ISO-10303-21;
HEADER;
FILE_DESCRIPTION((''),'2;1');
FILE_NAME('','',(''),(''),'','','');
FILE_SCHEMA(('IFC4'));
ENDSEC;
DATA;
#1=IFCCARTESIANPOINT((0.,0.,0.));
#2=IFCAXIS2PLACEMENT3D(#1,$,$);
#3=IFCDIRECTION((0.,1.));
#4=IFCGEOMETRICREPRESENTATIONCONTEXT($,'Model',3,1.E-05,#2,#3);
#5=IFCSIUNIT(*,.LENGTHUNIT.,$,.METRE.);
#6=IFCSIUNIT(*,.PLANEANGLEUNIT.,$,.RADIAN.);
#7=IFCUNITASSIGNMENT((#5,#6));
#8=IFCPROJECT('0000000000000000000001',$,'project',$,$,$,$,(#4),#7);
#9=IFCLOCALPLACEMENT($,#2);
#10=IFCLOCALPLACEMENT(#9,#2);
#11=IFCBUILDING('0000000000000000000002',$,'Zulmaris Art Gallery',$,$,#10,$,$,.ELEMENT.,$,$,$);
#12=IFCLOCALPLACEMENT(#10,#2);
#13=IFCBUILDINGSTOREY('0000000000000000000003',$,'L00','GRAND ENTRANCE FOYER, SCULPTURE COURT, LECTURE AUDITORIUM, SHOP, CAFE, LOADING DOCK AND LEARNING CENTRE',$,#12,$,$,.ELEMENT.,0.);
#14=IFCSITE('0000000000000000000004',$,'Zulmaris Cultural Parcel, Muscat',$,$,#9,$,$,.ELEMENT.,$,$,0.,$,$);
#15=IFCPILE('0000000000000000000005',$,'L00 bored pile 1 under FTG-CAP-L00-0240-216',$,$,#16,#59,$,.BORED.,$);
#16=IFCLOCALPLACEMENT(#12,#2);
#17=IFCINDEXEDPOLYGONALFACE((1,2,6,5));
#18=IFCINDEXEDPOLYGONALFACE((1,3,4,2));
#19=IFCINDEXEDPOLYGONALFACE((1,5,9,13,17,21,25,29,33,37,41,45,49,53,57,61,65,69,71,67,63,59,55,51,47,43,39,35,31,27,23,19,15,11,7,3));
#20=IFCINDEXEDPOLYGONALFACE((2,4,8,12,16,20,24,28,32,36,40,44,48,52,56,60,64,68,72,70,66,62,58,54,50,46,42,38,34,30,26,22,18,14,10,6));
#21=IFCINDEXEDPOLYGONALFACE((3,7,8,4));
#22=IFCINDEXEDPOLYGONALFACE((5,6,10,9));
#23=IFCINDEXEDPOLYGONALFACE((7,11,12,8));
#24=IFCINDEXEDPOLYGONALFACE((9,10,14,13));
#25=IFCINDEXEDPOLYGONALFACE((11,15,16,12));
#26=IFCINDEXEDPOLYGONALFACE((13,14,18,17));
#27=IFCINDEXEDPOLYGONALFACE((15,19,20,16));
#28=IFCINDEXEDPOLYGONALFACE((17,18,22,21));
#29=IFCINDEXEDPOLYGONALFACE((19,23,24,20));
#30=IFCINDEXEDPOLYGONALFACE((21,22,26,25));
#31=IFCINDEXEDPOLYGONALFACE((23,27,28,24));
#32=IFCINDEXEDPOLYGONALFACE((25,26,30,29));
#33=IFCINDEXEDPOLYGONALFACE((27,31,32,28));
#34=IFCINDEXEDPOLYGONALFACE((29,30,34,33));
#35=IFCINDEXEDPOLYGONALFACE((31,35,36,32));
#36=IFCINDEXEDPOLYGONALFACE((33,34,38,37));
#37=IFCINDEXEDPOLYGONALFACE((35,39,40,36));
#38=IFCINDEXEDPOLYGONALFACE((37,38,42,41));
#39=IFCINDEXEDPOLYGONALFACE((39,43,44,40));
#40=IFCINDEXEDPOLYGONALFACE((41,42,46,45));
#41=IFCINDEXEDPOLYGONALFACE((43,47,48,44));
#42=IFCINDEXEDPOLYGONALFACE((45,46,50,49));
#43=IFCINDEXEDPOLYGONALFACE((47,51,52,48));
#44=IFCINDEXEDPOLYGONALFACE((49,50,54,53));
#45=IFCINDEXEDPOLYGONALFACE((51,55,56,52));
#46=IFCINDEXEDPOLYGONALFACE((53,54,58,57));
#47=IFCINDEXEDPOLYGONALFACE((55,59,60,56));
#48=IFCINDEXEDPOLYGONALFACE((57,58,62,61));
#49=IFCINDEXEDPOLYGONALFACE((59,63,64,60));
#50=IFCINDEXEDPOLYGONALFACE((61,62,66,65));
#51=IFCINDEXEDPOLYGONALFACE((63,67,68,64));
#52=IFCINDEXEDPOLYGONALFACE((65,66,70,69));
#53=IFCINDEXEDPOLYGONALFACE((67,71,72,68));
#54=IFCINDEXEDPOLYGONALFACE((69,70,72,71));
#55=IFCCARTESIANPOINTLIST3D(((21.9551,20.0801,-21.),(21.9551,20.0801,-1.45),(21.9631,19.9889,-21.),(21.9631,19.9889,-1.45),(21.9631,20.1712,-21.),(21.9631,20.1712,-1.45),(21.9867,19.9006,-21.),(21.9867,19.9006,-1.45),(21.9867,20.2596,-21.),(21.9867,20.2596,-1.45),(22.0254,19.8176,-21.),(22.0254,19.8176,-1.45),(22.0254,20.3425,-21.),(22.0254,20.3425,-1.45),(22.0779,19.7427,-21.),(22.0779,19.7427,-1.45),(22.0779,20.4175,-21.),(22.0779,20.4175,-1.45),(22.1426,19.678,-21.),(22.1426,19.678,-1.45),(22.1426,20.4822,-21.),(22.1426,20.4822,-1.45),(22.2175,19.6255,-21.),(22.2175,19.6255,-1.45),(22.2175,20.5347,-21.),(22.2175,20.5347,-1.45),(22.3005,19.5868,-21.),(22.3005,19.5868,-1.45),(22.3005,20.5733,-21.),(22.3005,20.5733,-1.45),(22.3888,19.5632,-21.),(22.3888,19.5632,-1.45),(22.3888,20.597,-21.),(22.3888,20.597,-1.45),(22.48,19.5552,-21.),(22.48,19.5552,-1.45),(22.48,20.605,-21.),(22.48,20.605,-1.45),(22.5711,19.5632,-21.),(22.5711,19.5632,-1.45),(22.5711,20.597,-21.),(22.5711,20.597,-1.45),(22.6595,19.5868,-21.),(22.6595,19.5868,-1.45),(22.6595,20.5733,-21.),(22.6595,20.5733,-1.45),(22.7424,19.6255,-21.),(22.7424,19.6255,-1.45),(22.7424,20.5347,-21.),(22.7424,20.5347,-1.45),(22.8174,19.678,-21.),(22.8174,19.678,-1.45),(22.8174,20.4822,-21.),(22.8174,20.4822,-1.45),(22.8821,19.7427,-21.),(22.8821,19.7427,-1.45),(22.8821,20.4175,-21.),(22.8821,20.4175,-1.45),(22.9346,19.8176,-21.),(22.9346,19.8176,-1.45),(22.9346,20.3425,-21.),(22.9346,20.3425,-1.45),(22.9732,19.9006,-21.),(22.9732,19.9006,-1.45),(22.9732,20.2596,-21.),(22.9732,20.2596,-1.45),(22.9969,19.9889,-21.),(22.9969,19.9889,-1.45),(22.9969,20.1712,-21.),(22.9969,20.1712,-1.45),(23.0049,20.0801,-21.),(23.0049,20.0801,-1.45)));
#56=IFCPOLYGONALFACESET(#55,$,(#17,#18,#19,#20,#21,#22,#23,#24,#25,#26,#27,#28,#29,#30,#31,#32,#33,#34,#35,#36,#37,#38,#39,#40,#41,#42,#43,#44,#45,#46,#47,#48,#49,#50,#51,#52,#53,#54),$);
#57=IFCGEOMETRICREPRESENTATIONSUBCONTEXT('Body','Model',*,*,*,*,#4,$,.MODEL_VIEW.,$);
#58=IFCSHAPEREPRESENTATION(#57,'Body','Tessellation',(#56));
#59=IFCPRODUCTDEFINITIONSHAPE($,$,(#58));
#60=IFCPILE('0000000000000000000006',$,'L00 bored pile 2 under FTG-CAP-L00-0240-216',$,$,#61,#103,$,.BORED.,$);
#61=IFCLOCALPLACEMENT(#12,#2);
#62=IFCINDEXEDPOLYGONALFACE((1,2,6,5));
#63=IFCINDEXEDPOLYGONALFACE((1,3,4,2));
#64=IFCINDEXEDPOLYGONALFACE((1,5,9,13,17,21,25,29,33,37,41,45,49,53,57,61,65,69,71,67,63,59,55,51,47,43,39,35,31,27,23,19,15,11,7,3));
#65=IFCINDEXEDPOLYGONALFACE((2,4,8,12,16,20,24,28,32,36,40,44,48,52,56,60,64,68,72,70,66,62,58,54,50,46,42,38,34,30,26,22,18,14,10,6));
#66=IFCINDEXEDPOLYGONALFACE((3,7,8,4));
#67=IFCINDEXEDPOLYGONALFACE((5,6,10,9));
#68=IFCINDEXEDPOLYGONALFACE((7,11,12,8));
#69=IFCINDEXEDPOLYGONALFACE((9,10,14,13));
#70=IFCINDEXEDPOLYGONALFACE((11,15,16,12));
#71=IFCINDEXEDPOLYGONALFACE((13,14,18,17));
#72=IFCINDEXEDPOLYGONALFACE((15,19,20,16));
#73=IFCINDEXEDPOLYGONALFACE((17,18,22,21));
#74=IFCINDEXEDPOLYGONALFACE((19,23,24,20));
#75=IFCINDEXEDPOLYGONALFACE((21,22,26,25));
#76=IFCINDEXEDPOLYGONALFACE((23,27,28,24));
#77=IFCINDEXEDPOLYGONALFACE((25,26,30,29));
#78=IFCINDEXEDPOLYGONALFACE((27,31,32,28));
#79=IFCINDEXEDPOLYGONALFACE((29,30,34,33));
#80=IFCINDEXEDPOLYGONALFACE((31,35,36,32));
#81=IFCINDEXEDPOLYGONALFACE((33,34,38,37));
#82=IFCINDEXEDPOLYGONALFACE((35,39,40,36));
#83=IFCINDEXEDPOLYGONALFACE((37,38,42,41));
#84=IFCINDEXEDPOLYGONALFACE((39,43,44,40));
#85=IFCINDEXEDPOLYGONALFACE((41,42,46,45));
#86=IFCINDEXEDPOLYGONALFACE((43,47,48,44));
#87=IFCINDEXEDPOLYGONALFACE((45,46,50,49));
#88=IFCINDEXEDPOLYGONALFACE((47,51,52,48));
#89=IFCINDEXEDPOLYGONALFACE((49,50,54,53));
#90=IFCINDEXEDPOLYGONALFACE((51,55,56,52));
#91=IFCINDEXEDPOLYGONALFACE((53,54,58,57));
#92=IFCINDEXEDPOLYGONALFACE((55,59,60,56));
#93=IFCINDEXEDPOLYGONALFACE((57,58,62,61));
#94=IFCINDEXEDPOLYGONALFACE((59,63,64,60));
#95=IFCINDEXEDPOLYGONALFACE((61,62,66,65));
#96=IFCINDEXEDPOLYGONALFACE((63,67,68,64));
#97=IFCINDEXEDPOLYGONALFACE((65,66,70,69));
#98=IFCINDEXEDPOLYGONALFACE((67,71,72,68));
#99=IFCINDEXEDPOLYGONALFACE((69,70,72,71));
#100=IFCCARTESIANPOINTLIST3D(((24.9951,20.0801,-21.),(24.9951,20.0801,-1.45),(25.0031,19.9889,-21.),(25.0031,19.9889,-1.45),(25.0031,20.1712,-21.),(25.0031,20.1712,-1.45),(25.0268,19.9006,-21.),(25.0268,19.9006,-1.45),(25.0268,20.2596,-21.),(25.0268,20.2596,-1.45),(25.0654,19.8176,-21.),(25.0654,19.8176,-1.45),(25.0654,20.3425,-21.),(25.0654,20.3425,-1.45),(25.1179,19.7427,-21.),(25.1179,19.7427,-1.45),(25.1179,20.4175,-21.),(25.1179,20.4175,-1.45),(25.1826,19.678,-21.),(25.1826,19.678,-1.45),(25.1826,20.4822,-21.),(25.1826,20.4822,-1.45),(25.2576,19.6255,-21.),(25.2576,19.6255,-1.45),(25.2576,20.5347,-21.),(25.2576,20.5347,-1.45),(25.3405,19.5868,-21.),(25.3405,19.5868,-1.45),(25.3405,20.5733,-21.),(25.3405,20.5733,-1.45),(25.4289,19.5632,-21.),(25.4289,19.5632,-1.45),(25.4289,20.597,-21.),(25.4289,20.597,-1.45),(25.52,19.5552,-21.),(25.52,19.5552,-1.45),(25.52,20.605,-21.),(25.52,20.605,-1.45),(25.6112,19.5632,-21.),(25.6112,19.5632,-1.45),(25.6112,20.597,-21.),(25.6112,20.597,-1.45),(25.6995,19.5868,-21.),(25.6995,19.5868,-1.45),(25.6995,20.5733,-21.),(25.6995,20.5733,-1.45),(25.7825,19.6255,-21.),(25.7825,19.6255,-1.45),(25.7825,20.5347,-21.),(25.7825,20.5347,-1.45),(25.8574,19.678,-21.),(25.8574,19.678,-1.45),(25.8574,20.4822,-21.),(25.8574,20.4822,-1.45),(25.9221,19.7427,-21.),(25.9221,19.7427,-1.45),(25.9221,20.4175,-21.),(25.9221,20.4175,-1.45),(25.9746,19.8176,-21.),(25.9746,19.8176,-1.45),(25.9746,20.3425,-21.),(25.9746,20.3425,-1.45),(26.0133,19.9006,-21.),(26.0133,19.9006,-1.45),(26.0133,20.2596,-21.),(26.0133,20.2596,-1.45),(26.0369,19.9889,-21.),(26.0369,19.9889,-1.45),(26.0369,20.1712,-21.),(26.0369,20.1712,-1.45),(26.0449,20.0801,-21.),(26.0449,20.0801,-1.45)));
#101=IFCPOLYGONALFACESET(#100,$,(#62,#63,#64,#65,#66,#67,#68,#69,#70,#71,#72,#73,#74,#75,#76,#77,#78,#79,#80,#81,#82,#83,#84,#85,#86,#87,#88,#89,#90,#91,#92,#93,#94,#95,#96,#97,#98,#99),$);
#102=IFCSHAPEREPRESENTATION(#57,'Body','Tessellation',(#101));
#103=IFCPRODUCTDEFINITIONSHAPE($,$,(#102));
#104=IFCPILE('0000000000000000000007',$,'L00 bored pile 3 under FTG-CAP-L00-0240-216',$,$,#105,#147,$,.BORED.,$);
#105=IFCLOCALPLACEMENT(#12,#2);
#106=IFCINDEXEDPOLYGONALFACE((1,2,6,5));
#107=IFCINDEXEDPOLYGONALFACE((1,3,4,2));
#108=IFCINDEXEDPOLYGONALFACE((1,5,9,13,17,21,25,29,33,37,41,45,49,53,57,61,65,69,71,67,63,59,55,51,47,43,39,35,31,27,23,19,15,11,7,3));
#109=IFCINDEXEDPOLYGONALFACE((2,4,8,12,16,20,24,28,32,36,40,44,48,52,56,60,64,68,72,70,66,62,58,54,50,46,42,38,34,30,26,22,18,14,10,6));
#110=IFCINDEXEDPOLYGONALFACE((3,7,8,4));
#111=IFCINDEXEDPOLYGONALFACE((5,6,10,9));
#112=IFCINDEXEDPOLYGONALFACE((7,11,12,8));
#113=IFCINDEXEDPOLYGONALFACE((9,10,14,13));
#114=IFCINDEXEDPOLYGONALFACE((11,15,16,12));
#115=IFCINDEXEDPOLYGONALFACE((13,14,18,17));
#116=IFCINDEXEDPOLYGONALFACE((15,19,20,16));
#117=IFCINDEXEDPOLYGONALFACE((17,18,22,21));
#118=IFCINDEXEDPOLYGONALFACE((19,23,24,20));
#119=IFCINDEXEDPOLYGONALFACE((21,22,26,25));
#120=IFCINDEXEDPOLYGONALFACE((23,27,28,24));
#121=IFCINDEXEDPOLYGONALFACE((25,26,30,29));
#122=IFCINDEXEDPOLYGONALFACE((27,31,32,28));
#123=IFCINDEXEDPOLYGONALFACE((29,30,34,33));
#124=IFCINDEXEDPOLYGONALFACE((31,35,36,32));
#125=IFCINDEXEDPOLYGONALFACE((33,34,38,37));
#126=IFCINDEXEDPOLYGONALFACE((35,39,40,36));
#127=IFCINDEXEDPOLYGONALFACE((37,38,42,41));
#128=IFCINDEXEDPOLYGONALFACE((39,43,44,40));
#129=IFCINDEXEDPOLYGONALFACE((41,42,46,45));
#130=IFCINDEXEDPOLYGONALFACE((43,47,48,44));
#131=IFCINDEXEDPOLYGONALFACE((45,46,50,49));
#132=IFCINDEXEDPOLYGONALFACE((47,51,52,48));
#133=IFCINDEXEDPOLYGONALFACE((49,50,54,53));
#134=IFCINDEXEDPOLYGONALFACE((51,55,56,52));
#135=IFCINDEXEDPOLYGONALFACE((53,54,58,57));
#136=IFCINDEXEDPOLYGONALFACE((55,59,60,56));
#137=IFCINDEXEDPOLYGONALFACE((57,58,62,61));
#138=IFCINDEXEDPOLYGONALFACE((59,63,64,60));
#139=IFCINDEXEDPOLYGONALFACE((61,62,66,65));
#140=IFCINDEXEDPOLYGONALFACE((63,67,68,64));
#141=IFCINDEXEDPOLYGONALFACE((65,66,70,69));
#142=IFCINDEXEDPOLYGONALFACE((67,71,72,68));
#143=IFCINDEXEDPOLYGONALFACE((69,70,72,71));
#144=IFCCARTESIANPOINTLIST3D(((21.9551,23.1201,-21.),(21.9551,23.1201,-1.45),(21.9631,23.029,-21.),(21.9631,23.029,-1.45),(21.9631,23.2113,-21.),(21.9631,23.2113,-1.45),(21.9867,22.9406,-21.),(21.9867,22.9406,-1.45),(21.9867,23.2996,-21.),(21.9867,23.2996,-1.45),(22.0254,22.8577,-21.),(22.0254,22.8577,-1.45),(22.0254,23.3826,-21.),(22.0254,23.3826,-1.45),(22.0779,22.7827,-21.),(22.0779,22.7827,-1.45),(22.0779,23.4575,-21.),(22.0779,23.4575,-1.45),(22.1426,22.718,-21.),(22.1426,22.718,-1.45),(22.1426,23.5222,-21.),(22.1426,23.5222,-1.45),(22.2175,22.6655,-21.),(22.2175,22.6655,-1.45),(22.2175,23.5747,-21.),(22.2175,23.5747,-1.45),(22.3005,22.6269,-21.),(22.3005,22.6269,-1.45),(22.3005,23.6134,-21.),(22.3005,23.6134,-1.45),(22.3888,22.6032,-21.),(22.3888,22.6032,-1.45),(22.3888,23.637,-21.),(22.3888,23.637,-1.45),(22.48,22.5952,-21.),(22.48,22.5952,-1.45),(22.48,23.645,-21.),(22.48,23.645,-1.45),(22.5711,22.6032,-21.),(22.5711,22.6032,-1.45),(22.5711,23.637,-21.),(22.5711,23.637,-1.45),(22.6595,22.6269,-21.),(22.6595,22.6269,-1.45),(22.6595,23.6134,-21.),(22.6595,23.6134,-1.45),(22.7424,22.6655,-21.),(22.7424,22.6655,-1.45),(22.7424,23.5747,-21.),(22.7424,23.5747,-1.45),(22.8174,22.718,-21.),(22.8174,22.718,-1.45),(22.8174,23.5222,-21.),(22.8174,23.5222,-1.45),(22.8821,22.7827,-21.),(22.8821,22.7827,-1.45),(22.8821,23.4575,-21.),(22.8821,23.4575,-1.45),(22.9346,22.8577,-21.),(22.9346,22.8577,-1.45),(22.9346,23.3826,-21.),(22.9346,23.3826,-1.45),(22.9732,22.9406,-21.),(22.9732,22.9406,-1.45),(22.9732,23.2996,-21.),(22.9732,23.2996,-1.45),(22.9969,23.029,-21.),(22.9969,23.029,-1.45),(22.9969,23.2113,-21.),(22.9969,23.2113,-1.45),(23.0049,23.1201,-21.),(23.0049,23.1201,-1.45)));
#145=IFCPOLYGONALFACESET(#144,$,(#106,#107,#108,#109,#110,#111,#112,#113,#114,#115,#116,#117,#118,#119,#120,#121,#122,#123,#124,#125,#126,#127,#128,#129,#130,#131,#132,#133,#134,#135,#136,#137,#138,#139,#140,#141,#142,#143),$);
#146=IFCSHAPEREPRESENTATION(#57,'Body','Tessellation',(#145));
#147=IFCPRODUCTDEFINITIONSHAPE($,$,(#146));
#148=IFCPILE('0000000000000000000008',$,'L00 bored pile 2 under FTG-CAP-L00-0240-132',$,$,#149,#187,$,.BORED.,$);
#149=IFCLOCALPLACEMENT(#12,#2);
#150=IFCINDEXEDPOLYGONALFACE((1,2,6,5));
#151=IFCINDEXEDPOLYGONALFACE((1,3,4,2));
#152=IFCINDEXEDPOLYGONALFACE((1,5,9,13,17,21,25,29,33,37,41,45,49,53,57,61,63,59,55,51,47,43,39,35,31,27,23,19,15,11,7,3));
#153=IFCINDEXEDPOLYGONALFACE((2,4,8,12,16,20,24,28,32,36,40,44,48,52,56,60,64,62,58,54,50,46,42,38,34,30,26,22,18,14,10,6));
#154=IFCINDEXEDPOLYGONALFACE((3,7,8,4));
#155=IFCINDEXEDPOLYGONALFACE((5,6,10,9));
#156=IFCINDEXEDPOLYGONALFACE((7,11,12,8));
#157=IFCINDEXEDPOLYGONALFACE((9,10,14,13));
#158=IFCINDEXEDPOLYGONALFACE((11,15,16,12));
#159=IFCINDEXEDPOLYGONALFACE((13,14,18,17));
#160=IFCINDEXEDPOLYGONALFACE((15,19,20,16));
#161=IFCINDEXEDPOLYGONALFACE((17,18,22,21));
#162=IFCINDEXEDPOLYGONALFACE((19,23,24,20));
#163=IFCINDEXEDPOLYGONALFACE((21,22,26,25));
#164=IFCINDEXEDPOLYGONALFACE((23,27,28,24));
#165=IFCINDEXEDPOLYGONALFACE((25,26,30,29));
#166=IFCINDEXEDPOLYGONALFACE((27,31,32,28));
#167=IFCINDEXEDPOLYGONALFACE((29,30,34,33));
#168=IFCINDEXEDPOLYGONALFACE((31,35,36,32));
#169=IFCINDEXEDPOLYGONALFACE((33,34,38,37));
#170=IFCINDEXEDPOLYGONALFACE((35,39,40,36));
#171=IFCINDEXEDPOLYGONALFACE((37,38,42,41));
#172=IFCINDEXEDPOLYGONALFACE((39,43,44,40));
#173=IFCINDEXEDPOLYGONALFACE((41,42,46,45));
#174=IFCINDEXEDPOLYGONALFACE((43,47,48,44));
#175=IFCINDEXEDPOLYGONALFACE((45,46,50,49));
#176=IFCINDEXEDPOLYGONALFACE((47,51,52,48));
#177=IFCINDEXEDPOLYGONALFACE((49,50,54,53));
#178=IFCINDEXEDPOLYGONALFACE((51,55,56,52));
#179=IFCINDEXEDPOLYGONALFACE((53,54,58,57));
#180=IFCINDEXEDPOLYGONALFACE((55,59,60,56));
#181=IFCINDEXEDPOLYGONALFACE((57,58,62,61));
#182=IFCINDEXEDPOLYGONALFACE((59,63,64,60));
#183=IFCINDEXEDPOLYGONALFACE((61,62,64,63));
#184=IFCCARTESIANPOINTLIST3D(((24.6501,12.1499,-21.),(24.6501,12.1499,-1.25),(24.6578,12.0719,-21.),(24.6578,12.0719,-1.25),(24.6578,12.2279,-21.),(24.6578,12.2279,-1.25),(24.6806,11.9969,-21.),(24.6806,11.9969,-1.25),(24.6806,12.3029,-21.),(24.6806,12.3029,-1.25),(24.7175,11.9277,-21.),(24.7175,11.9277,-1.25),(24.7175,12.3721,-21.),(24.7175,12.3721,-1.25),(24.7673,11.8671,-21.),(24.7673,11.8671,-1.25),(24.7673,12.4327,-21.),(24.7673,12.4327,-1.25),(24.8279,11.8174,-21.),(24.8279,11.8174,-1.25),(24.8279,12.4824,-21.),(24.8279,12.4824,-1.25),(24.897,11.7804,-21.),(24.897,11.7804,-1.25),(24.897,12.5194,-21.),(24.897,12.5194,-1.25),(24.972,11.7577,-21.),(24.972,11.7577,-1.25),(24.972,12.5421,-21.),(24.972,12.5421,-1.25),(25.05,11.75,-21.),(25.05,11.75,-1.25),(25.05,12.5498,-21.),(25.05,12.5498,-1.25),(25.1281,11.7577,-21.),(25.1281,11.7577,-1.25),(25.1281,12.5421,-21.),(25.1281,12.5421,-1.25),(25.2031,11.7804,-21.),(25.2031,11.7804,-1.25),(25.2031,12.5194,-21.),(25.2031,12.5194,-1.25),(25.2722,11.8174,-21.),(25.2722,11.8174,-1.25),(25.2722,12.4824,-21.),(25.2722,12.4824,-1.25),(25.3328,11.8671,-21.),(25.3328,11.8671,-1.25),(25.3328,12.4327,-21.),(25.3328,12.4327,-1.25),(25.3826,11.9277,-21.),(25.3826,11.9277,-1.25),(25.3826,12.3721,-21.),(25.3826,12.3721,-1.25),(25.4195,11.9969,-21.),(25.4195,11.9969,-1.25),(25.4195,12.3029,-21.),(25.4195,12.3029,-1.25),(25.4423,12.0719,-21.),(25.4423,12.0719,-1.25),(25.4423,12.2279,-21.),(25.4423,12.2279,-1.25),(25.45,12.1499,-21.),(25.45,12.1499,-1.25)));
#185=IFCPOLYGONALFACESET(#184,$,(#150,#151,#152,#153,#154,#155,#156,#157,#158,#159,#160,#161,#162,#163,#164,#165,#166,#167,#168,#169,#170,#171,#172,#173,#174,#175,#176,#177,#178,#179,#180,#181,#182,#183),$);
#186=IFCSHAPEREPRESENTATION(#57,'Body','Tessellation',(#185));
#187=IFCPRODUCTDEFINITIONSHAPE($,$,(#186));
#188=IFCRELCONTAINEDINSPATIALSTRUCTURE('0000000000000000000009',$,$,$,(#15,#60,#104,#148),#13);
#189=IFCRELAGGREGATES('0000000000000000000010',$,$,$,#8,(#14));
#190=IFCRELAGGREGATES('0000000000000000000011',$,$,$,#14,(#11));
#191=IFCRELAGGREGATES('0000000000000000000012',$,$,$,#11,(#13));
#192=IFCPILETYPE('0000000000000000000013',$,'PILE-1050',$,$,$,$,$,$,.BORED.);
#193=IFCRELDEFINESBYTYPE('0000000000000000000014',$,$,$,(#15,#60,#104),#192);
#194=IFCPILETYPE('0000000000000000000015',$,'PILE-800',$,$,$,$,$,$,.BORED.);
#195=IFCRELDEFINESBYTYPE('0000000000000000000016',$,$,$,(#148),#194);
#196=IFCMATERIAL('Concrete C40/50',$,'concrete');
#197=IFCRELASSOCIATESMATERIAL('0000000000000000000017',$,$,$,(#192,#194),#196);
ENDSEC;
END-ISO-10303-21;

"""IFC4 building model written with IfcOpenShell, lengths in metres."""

from ifc_helpers import new_model, si_unit, direction, frame, origin, origin_2d, place, context, subcontext, project, spatial, circle, extrude, material, material_profile, profile_set, type_object, element, save


model = new_model("IFC4")

# Units and contexts
model_context = context("Model", 3, precision=1e-05, world=origin(), true_north=direction((0.0, 1.0)))
body_context = subcontext(model_context, "Body", "Model", "MODEL_VIEW")
ifc_project = project(units=[si_unit("LENGTHUNIT", "METRE"), si_unit("PLANEANGLEUNIT", "RADIAN")], contexts=[model_context])

# Site, building, storey
site_placement = place(None, origin())
site = spatial("IfcSite", under=ifc_project, at=site_placement, Name="Zulmaris Cultural Parcel, Muscat", CompositionType="ELEMENT", RefElevation=0.0)
building_placement = place(site_placement, origin())
building = spatial("IfcBuilding", under=site, at=building_placement, Name="Zulmaris Art Gallery", CompositionType="ELEMENT")
storey_placement = place(building_placement, origin())
storey = spatial("IfcBuildingStorey", under=building, at=storey_placement, Name="L00", Description="GRAND ENTRANCE FOYER, SCULPTURE COURT, LECTURE AUDITORIUM, SHOP, CAFE, LOADING DOCK AND LEARNING CENTRE", CompositionType="ELEMENT", Elevation=0.0)

# Piles
ifc_material_1 = material(Name="Concrete C40/50", Category="concrete")
ifc_material_profile_1 = material_profile(ifc_material_1, circle(Radius=0.5249, at=origin_2d()), Name="PILE DIA 1050")
ifc_profile_set_1 = profile_set([ifc_material_profile_1], Name="Concrete C40/50")
pile_type_1 = type_object("IfcPileType", Name="PILE-1050", PredefinedType="BORED", material=ifc_profile_set_1)
for number, where, z_axis, x_axis, name in (
    (1, (22.48, 20.0801, -1.45), (0.0, 0.0, -1.0), (1.0, 0.0, 0.0), "L00 bored pile 1 under FTG-CAP-L00-0240-216"),
    (2, (25.52, 20.0801, -1.45), (0.0, 0.0, -1.0), (1.0, 0.0, 0.0), "L00 bored pile 2 under FTG-CAP-L00-0240-216"),
    (3, (22.48, 23.1201, -1.45), (0.0, 0.0, -1.0), (1.0, 0.0, 0.0), "L00 bored pile 3 under FTG-CAP-L00-0240-216"),
):
    element("IfcPile", number, at=place(storey_placement, frame(where, z_axis=z_axis, x_axis=x_axis)), inside=storey, type_object=pile_type_1, Name=name, PredefinedType="BORED", context=body_context, shape_type="SweptSolid", body=[
        extrude(circle(Radius=0.5249, at=origin_2d()), origin(), (0.0, 0.0, 1.0), 19.55),
    ])
ifc_material_profile_2 = material_profile(ifc_material_1, circle(Radius=0.3999, at=origin_2d()), Name="PILE DIA 800")
ifc_profile_set_2 = profile_set([ifc_material_profile_2], Name="Concrete C40/50")
pile_type_2 = type_object("IfcPileType", Name="PILE-800", PredefinedType="BORED", material=ifc_profile_set_2)
for number, where, z_axis, x_axis, name in (
    (4, (25.05, 12.1499, -1.25), (0.0, 0.0, -1.0), (1.0, 0.0, 0.0), "L00 bored pile 2 under FTG-CAP-L00-0240-132"),
):
    element("IfcPile", number, at=place(storey_placement, frame(where, z_axis=z_axis, x_axis=x_axis)), inside=storey, type_object=pile_type_2, Name=name, PredefinedType="BORED", context=body_context, shape_type="SweptSolid", body=[
        extrude(circle(Radius=0.3999, at=origin_2d()), origin(), (0.0, 0.0, 1.0), 19.75),
    ])

save(model, "model.ifc")
